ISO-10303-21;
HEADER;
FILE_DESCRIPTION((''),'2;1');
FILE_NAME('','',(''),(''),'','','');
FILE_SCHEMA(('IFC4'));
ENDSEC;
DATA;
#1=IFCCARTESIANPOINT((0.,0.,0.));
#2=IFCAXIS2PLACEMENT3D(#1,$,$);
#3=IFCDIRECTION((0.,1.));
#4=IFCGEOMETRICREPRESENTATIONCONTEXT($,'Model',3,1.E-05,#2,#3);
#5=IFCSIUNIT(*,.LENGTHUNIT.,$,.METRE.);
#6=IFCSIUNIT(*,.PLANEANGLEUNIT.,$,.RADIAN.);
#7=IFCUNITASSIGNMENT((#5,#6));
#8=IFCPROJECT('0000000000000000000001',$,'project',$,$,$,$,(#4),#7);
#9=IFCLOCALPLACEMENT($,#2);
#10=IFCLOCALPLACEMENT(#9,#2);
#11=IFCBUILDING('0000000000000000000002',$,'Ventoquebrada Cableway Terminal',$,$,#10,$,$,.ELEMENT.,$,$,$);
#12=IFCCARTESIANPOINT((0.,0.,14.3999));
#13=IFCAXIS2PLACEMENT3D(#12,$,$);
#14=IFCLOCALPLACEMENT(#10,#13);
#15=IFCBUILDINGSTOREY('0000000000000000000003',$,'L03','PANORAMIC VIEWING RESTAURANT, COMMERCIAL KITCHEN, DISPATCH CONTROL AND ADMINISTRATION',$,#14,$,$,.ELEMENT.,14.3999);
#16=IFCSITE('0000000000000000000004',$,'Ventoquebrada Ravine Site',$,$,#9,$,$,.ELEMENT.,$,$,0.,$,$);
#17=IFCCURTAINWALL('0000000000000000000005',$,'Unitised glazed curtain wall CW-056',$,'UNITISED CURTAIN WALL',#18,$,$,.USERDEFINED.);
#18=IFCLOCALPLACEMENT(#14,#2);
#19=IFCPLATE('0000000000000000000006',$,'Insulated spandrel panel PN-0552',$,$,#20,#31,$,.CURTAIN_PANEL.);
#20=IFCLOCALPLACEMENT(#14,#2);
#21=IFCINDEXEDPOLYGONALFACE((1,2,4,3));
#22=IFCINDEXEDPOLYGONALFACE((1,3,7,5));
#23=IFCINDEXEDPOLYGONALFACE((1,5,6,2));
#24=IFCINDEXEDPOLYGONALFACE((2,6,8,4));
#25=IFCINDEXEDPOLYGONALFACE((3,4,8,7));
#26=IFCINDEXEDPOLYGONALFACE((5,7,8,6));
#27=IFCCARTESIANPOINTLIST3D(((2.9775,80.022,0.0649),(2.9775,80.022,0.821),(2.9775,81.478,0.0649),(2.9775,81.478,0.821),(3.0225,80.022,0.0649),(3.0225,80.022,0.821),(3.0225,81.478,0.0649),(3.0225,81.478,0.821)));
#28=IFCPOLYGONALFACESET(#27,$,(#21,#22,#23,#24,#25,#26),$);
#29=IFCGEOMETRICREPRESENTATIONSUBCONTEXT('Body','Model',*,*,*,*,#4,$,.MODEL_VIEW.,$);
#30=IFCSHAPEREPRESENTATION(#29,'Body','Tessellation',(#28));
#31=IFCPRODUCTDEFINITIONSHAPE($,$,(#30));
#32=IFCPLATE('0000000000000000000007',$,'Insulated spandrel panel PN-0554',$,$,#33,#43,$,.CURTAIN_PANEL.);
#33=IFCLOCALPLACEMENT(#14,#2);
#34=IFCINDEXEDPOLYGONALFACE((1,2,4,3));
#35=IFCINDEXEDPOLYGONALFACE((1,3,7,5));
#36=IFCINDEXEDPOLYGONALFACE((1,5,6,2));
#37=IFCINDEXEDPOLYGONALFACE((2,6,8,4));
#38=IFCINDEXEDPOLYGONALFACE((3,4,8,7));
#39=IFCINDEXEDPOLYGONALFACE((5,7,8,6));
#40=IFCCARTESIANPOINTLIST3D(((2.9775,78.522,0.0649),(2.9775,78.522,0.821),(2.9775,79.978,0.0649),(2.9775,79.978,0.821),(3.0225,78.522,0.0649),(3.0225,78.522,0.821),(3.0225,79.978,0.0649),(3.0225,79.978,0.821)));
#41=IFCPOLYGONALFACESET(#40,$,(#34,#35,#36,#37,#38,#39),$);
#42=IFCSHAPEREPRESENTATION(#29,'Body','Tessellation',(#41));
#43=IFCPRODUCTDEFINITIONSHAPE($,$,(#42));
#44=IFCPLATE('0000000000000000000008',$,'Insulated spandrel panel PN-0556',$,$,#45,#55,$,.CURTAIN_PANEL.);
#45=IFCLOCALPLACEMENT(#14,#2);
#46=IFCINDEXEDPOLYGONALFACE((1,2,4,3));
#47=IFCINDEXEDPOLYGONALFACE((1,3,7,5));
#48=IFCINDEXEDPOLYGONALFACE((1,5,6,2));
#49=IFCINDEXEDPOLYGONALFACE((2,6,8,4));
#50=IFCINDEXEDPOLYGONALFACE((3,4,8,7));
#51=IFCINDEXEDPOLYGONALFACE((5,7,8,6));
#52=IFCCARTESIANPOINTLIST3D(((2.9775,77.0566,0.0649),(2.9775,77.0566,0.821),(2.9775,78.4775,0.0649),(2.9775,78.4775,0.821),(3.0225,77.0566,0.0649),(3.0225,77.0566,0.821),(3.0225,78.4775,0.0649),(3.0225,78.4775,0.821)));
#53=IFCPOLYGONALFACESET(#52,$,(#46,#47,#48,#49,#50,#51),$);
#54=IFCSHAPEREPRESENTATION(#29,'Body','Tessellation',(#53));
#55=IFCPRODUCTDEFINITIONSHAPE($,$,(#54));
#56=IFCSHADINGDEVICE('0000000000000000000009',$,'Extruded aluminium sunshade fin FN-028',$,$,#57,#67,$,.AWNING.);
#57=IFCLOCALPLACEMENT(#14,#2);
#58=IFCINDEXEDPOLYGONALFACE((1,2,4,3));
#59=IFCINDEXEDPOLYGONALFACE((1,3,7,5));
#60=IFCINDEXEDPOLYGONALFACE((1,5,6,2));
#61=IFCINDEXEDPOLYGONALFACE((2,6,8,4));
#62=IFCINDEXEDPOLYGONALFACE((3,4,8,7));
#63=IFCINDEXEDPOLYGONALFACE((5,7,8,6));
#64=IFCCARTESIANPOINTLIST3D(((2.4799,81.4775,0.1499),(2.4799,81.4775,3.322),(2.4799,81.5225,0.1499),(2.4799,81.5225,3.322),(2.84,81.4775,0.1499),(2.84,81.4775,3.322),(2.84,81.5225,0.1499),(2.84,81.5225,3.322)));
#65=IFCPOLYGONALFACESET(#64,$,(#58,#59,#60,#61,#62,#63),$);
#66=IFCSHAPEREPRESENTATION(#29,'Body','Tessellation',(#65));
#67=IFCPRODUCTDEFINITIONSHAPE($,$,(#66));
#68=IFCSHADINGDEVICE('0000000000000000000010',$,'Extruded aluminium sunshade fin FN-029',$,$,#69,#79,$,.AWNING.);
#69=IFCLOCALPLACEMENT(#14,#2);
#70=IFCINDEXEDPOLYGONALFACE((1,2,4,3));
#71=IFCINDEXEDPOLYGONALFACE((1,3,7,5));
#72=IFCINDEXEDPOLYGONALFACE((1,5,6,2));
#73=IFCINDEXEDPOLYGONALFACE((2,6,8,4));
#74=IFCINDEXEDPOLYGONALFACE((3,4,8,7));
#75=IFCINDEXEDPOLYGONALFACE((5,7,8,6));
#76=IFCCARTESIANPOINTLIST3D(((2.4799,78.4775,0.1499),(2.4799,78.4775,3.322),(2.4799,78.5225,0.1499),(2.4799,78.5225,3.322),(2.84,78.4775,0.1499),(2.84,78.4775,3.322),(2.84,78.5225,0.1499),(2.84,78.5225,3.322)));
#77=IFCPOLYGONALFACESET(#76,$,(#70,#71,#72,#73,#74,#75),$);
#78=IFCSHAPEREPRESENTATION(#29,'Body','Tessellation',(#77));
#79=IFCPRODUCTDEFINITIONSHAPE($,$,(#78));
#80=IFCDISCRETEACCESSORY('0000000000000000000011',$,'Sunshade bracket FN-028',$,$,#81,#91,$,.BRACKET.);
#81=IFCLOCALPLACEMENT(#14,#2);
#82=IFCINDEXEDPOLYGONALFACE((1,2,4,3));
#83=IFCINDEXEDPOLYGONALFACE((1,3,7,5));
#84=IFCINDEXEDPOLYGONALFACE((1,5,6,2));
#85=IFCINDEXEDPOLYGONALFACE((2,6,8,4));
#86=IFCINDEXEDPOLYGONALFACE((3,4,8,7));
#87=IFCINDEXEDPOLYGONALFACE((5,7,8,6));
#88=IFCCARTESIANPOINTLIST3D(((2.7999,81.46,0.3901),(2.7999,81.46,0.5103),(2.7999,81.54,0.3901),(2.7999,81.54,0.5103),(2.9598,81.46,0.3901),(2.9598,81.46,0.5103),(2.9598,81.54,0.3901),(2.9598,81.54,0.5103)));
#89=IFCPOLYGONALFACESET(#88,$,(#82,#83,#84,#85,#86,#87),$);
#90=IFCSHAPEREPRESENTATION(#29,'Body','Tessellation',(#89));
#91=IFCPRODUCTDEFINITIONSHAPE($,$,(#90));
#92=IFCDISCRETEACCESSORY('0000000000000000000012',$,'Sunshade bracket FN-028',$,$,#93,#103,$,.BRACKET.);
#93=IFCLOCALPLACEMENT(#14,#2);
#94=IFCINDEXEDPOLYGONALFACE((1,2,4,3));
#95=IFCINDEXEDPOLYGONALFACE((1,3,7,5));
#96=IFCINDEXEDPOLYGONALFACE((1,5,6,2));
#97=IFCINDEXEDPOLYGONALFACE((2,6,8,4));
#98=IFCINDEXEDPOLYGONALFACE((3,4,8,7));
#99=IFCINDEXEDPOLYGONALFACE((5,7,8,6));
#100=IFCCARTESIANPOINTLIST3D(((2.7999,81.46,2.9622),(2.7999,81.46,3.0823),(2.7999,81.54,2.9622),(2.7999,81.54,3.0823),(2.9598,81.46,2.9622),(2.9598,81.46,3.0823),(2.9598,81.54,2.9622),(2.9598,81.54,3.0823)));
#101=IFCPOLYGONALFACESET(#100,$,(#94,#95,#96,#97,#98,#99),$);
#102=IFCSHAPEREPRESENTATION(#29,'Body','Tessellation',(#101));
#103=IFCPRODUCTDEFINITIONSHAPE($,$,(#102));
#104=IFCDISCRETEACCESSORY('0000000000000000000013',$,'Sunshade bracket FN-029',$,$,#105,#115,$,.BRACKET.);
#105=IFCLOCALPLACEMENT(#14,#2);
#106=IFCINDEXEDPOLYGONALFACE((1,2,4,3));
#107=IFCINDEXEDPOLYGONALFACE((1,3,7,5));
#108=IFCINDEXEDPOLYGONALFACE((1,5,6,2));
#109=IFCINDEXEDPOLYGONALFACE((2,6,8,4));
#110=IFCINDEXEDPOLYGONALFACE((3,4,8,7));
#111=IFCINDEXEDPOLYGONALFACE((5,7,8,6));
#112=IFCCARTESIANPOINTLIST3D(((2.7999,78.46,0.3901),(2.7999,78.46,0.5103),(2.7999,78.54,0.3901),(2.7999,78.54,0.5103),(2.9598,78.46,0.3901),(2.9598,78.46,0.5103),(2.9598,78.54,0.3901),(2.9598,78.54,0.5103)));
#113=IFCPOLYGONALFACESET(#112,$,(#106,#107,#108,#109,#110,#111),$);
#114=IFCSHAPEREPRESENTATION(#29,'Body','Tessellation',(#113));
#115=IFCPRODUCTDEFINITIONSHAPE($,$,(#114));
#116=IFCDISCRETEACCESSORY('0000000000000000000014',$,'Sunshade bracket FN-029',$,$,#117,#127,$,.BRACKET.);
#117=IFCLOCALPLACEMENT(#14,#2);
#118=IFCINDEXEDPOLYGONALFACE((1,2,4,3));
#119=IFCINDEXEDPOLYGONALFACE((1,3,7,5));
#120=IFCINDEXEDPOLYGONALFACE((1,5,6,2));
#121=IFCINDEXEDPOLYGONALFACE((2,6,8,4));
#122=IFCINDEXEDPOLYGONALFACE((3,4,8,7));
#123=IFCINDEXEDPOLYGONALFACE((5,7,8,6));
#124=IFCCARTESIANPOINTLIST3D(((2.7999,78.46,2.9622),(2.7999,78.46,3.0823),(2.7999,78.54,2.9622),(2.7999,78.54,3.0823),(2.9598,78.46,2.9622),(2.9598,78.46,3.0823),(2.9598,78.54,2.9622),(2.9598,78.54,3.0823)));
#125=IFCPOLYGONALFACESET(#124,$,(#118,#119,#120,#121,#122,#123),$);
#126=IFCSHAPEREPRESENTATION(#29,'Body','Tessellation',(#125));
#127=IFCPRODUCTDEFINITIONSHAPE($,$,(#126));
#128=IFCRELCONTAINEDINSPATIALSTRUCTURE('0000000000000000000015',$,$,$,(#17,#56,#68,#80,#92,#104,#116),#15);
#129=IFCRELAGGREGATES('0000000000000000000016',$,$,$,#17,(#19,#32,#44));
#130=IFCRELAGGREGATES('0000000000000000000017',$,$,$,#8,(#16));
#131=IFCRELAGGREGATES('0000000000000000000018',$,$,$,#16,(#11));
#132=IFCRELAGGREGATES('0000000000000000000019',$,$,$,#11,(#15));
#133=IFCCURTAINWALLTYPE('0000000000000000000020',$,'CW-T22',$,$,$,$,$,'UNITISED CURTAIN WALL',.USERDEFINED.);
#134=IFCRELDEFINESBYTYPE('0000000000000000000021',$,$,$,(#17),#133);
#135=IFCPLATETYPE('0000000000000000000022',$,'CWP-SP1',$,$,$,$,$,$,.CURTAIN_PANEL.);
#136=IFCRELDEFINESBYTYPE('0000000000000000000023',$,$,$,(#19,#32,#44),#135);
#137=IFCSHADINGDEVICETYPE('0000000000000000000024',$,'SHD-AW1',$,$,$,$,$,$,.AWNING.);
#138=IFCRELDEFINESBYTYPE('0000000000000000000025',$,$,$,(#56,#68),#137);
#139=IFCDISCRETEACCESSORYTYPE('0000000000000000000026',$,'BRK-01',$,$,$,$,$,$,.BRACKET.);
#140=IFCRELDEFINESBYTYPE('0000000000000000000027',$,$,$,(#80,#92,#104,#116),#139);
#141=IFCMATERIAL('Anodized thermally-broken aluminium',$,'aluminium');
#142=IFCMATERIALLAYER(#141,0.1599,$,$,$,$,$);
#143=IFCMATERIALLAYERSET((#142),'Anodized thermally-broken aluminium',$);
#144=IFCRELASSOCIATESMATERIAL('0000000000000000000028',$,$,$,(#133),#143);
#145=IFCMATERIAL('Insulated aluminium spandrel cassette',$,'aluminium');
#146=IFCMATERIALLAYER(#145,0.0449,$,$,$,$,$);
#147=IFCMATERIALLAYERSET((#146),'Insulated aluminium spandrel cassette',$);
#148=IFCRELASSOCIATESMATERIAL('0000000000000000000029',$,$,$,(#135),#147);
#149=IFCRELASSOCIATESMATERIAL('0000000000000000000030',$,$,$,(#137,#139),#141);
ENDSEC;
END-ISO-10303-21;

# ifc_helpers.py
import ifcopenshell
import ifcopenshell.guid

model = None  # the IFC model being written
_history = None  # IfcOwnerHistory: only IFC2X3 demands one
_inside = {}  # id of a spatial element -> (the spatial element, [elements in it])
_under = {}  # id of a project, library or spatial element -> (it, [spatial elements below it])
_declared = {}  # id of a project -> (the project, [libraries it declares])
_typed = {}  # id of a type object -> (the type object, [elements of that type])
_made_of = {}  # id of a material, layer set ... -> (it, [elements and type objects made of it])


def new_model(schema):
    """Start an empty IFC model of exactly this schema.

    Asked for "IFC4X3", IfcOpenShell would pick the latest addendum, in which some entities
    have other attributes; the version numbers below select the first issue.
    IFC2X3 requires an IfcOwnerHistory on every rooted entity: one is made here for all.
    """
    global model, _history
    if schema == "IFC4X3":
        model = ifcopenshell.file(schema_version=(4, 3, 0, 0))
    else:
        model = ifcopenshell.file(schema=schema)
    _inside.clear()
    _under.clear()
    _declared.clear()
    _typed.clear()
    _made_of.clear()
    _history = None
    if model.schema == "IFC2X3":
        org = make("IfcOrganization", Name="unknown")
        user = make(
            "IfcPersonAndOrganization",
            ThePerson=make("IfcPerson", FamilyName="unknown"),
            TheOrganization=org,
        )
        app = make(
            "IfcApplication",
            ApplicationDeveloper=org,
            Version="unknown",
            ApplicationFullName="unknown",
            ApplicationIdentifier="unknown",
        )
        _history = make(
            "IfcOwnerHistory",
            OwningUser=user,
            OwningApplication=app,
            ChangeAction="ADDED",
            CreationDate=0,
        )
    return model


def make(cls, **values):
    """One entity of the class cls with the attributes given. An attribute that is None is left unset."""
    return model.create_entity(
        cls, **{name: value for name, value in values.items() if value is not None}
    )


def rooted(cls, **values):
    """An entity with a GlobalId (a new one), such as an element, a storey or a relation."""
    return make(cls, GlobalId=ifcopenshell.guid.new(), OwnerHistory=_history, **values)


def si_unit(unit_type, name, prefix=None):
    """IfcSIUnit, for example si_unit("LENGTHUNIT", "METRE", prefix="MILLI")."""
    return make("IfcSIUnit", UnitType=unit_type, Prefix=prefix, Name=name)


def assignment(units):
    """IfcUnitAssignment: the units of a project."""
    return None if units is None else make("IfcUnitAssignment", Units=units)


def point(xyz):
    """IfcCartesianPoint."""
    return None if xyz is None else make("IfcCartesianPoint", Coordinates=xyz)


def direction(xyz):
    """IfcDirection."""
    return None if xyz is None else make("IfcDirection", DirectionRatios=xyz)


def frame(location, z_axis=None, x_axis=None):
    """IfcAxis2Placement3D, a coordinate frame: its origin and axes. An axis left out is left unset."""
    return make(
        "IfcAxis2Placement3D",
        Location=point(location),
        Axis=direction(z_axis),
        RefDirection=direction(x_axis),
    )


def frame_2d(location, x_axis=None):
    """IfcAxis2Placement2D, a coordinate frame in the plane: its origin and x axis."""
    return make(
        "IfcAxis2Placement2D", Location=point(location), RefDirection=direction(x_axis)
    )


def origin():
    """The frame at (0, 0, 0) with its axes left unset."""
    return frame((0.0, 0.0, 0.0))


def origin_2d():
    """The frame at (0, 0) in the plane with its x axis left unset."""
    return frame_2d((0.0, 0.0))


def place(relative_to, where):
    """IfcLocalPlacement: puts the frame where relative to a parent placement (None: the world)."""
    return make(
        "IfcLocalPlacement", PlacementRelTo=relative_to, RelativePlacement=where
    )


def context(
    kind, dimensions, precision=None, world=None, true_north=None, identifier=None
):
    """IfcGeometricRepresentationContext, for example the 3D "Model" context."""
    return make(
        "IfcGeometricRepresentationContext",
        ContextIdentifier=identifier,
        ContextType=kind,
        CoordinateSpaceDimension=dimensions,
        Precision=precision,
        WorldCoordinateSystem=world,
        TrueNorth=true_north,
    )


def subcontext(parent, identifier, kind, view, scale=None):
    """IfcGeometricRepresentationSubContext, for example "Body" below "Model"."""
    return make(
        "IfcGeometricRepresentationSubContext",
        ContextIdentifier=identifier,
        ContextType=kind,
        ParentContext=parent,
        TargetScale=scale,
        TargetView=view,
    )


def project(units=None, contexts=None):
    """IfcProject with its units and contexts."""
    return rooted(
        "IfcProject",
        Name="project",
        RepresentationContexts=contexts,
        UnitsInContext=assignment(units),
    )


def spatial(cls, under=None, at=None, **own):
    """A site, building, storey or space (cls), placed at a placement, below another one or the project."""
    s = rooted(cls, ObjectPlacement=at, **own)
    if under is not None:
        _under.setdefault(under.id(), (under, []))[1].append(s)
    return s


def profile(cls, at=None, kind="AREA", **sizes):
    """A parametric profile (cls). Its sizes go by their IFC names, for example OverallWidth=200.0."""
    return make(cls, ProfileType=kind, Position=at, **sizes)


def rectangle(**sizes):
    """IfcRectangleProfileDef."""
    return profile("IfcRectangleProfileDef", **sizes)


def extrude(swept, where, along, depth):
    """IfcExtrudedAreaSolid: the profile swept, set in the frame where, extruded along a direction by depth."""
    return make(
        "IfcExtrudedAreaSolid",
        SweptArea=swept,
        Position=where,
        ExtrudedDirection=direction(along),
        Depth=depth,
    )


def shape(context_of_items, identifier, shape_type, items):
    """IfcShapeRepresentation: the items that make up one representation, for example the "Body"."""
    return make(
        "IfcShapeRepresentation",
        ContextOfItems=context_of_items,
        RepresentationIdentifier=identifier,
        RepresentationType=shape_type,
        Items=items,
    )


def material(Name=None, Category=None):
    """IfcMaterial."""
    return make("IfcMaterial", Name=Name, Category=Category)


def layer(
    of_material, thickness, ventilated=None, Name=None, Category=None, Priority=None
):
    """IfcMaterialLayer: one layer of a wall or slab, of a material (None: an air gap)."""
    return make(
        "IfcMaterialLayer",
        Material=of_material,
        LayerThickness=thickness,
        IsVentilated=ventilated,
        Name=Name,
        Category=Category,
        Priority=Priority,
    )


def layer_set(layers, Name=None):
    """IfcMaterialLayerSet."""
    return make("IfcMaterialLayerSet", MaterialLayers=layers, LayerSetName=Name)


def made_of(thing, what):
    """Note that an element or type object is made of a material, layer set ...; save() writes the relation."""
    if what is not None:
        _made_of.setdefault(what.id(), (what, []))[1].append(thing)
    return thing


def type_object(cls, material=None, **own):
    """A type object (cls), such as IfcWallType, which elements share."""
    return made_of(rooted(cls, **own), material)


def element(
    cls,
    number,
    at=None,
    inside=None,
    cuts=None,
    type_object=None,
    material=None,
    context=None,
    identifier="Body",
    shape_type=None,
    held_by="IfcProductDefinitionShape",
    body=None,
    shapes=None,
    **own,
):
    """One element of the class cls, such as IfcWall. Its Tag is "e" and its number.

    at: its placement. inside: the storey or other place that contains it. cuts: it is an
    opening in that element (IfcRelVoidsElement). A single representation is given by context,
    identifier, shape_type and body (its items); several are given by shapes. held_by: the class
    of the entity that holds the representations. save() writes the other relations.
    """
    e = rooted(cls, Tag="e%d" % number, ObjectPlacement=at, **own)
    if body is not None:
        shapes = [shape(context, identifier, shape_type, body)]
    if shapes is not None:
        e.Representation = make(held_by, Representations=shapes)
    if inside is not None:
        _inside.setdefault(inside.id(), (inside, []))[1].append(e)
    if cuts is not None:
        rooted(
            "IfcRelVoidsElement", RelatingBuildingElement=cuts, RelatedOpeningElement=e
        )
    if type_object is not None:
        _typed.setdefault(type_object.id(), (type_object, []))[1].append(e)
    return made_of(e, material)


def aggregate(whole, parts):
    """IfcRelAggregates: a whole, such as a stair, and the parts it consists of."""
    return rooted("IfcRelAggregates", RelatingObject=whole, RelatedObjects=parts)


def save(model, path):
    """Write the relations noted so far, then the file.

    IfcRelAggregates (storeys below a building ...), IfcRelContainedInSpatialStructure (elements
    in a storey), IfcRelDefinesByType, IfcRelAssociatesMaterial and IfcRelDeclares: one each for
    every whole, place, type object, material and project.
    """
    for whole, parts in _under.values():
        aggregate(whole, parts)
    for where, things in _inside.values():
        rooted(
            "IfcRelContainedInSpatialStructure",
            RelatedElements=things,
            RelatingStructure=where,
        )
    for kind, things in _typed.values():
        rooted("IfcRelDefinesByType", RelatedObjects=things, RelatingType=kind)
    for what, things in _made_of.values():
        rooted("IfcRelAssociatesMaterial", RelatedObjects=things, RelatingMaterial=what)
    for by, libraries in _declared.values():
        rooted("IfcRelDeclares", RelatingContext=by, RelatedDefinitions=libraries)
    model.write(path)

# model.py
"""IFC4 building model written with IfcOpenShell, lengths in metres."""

from ifc_helpers import new_model, si_unit, direction, frame, origin, origin_2d, place, context, subcontext, project, spatial, rectangle, extrude, material, layer, layer_set, type_object, element, aggregate, save


model = new_model("IFC4")

# Units and contexts
model_context = context("Model", 3, precision=1e-05, world=origin(), true_north=direction((0.0, 1.0)))
body_context = subcontext(model_context, "Body", "Model", "MODEL_VIEW")
ifc_project = project(units=[si_unit("LENGTHUNIT", "METRE"), si_unit("PLANEANGLEUNIT", "RADIAN")], contexts=[model_context])

# Site, building, storey
site_placement = place(None, origin())
site = spatial("IfcSite", under=ifc_project, at=site_placement, Name="Ventoquebrada Ravine Site", CompositionType="ELEMENT", RefElevation=0.0)
building_placement = place(site_placement, origin())
building = spatial("IfcBuilding", under=site, at=building_placement, Name="Ventoquebrada Cableway Terminal", CompositionType="ELEMENT")
storey_placement = place(building_placement, frame((0.0, 0.0, 14.3999)))
storey = spatial("IfcBuildingStorey", under=building, at=storey_placement, Name="L03", Description="PANORAMIC VIEWING RESTAURANT, COMMERCIAL KITCHEN, DISPATCH CONTROL AND ADMINISTRATION", CompositionType="ELEMENT", Elevation=14.3999)

# Curtain wall, plates
ifc_material_1 = material(Name="Anodized thermally-broken aluminium", Category="aluminium")
ifc_layer_1 = layer(ifc_material_1, 0.1599)
ifc_layer_set_1 = layer_set([ifc_layer_1], Name="Anodized thermally-broken aluminium")
curtain_wall_type = type_object("IfcCurtainWallType", Name="CW-T22", ElementType="UNITISED CURTAIN WALL", PredefinedType="USERDEFINED", material=ifc_layer_set_1)
curtain_wall_placement = place(storey_placement, origin())
curtain_wall = element("IfcCurtainWall", 1, at=curtain_wall_placement, inside=storey, type_object=curtain_wall_type, Name="Unitised glazed curtain wall CW-056", ObjectType="UNITISED CURTAIN WALL", PredefinedType="USERDEFINED")
ifc_material_2 = material(Name="Insulated aluminium spandrel cassette", Category="aluminium")
ifc_layer_2 = layer(ifc_material_2, 0.0449)
ifc_layer_set_2 = layer_set([ifc_layer_2], Name="Insulated aluminium spandrel cassette")
plate_type_1 = type_object("IfcPlateType", Name="CWP-SP1", PredefinedType="CURTAIN_PANEL", material=ifc_layer_set_2)
plate_1_placement = place(storey_placement, frame((3.0, 80.75, 0.0649), z_axis=(0.0, 0.0, 1.0), x_axis=(0.0, -1.0, 0.0)))
plate_1 = element("IfcPlate", 2, at=plate_1_placement, type_object=plate_type_1, Name="Insulated spandrel panel PN-0552", PredefinedType="CURTAIN_PANEL", context=body_context, shape_type="SweptSolid", body=[
    extrude(rectangle(XDim=1.4561, YDim=0.0449, at=origin_2d()), origin(), (0.0, 0.0, 1.0), 0.7561),
])
plate_2_placement = place(storey_placement, frame((3.0, 79.25, 0.0649), z_axis=(0.0, 0.0, 1.0), x_axis=(0.0, -1.0, 0.0)))
plate_2 = element("IfcPlate", 3, at=plate_2_placement, type_object=plate_type_1, Name="Insulated spandrel panel PN-0554", PredefinedType="CURTAIN_PANEL", context=body_context, shape_type="SweptSolid", body=[
    extrude(rectangle(XDim=1.4561, YDim=0.0449, at=origin_2d()), origin(), (0.0, 0.0, 1.0), 0.7561),
])
plate_3_placement = place(storey_placement, frame((3.0, 77.7671, 0.0649), z_axis=(0.0, 0.0, 1.0), x_axis=(0.0, -1.0, 0.0)))
plate_3 = element("IfcPlate", 4, at=plate_3_placement, type_object=plate_type_1, Name="Insulated spandrel panel PN-0556", PredefinedType="CURTAIN_PANEL", context=body_context, shape_type="SweptSolid", body=[
    extrude(rectangle(XDim=1.4209, YDim=0.0449, at=origin_2d()), origin(), (0.0, 0.0, 1.0), 0.7561),
])
aggregate(curtain_wall, [plate_1, plate_2, plate_3])

# Shading devices
shading_device_type = type_object("IfcShadingDeviceType", Name="SHD-AW1", PredefinedType="AWNING", material=ifc_material_1)
for number, where, z_axis, x_axis, name in (
    (5, (2.6599, 81.5, 0.1499), (0.0, 0.0, 1.0), (0.0, -1.0, 0.0), "Extruded aluminium sunshade fin FN-028"),
    (6, (2.6599, 78.5, 0.1499), (0.0, 0.0, 1.0), (0.0, -1.0, 0.0), "Extruded aluminium sunshade fin FN-029"),
):
    element("IfcShadingDevice", number, at=place(storey_placement, frame(where, z_axis=z_axis, x_axis=x_axis)), inside=storey, type_object=shading_device_type, Name=name, PredefinedType="AWNING", context=body_context, shape_type="SweptSolid", body=[
        extrude(rectangle(XDim=0.0449, YDim=0.3601, at=origin_2d()), origin(), (0.0, 0.0, 1.0), 3.1721),
    ])

# Discrete accessories
discrete_accessory_type = type_object("IfcDiscreteAccessoryType", Name="BRK-01", PredefinedType="BRACKET", material=ifc_material_1)
for number, where, z_axis, x_axis, name in (
    (7, (2.8799, 81.5, 0.3901), (0.0, 0.0, 1.0), (0.0, -1.0, 0.0), "Sunshade bracket FN-028"),
    (8, (2.8799, 81.5, 2.9622), (0.0, 0.0, 1.0), (0.0, -1.0, 0.0), "Sunshade bracket FN-028"),
    (9, (2.8799, 78.5, 0.3901), (0.0, 0.0, 1.0), (0.0, -1.0, 0.0), "Sunshade bracket FN-029"),
    (10, (2.8799, 78.5, 2.9622), (0.0, 0.0, 1.0), (0.0, -1.0, 0.0), "Sunshade bracket FN-029"),
):
    element("IfcDiscreteAccessory", number, at=place(storey_placement, frame(where, z_axis=z_axis, x_axis=x_axis)), inside=storey, type_object=discrete_accessory_type, Name=name, PredefinedType="BRACKET", context=body_context, shape_type="SweptSolid", body=[
        extrude(rectangle(XDim=0.0801, YDim=0.1599, at=origin_2d()), origin(), (0.0, 0.0, 1.0), 0.1201),
    ])

save(model, "model.ifc")
